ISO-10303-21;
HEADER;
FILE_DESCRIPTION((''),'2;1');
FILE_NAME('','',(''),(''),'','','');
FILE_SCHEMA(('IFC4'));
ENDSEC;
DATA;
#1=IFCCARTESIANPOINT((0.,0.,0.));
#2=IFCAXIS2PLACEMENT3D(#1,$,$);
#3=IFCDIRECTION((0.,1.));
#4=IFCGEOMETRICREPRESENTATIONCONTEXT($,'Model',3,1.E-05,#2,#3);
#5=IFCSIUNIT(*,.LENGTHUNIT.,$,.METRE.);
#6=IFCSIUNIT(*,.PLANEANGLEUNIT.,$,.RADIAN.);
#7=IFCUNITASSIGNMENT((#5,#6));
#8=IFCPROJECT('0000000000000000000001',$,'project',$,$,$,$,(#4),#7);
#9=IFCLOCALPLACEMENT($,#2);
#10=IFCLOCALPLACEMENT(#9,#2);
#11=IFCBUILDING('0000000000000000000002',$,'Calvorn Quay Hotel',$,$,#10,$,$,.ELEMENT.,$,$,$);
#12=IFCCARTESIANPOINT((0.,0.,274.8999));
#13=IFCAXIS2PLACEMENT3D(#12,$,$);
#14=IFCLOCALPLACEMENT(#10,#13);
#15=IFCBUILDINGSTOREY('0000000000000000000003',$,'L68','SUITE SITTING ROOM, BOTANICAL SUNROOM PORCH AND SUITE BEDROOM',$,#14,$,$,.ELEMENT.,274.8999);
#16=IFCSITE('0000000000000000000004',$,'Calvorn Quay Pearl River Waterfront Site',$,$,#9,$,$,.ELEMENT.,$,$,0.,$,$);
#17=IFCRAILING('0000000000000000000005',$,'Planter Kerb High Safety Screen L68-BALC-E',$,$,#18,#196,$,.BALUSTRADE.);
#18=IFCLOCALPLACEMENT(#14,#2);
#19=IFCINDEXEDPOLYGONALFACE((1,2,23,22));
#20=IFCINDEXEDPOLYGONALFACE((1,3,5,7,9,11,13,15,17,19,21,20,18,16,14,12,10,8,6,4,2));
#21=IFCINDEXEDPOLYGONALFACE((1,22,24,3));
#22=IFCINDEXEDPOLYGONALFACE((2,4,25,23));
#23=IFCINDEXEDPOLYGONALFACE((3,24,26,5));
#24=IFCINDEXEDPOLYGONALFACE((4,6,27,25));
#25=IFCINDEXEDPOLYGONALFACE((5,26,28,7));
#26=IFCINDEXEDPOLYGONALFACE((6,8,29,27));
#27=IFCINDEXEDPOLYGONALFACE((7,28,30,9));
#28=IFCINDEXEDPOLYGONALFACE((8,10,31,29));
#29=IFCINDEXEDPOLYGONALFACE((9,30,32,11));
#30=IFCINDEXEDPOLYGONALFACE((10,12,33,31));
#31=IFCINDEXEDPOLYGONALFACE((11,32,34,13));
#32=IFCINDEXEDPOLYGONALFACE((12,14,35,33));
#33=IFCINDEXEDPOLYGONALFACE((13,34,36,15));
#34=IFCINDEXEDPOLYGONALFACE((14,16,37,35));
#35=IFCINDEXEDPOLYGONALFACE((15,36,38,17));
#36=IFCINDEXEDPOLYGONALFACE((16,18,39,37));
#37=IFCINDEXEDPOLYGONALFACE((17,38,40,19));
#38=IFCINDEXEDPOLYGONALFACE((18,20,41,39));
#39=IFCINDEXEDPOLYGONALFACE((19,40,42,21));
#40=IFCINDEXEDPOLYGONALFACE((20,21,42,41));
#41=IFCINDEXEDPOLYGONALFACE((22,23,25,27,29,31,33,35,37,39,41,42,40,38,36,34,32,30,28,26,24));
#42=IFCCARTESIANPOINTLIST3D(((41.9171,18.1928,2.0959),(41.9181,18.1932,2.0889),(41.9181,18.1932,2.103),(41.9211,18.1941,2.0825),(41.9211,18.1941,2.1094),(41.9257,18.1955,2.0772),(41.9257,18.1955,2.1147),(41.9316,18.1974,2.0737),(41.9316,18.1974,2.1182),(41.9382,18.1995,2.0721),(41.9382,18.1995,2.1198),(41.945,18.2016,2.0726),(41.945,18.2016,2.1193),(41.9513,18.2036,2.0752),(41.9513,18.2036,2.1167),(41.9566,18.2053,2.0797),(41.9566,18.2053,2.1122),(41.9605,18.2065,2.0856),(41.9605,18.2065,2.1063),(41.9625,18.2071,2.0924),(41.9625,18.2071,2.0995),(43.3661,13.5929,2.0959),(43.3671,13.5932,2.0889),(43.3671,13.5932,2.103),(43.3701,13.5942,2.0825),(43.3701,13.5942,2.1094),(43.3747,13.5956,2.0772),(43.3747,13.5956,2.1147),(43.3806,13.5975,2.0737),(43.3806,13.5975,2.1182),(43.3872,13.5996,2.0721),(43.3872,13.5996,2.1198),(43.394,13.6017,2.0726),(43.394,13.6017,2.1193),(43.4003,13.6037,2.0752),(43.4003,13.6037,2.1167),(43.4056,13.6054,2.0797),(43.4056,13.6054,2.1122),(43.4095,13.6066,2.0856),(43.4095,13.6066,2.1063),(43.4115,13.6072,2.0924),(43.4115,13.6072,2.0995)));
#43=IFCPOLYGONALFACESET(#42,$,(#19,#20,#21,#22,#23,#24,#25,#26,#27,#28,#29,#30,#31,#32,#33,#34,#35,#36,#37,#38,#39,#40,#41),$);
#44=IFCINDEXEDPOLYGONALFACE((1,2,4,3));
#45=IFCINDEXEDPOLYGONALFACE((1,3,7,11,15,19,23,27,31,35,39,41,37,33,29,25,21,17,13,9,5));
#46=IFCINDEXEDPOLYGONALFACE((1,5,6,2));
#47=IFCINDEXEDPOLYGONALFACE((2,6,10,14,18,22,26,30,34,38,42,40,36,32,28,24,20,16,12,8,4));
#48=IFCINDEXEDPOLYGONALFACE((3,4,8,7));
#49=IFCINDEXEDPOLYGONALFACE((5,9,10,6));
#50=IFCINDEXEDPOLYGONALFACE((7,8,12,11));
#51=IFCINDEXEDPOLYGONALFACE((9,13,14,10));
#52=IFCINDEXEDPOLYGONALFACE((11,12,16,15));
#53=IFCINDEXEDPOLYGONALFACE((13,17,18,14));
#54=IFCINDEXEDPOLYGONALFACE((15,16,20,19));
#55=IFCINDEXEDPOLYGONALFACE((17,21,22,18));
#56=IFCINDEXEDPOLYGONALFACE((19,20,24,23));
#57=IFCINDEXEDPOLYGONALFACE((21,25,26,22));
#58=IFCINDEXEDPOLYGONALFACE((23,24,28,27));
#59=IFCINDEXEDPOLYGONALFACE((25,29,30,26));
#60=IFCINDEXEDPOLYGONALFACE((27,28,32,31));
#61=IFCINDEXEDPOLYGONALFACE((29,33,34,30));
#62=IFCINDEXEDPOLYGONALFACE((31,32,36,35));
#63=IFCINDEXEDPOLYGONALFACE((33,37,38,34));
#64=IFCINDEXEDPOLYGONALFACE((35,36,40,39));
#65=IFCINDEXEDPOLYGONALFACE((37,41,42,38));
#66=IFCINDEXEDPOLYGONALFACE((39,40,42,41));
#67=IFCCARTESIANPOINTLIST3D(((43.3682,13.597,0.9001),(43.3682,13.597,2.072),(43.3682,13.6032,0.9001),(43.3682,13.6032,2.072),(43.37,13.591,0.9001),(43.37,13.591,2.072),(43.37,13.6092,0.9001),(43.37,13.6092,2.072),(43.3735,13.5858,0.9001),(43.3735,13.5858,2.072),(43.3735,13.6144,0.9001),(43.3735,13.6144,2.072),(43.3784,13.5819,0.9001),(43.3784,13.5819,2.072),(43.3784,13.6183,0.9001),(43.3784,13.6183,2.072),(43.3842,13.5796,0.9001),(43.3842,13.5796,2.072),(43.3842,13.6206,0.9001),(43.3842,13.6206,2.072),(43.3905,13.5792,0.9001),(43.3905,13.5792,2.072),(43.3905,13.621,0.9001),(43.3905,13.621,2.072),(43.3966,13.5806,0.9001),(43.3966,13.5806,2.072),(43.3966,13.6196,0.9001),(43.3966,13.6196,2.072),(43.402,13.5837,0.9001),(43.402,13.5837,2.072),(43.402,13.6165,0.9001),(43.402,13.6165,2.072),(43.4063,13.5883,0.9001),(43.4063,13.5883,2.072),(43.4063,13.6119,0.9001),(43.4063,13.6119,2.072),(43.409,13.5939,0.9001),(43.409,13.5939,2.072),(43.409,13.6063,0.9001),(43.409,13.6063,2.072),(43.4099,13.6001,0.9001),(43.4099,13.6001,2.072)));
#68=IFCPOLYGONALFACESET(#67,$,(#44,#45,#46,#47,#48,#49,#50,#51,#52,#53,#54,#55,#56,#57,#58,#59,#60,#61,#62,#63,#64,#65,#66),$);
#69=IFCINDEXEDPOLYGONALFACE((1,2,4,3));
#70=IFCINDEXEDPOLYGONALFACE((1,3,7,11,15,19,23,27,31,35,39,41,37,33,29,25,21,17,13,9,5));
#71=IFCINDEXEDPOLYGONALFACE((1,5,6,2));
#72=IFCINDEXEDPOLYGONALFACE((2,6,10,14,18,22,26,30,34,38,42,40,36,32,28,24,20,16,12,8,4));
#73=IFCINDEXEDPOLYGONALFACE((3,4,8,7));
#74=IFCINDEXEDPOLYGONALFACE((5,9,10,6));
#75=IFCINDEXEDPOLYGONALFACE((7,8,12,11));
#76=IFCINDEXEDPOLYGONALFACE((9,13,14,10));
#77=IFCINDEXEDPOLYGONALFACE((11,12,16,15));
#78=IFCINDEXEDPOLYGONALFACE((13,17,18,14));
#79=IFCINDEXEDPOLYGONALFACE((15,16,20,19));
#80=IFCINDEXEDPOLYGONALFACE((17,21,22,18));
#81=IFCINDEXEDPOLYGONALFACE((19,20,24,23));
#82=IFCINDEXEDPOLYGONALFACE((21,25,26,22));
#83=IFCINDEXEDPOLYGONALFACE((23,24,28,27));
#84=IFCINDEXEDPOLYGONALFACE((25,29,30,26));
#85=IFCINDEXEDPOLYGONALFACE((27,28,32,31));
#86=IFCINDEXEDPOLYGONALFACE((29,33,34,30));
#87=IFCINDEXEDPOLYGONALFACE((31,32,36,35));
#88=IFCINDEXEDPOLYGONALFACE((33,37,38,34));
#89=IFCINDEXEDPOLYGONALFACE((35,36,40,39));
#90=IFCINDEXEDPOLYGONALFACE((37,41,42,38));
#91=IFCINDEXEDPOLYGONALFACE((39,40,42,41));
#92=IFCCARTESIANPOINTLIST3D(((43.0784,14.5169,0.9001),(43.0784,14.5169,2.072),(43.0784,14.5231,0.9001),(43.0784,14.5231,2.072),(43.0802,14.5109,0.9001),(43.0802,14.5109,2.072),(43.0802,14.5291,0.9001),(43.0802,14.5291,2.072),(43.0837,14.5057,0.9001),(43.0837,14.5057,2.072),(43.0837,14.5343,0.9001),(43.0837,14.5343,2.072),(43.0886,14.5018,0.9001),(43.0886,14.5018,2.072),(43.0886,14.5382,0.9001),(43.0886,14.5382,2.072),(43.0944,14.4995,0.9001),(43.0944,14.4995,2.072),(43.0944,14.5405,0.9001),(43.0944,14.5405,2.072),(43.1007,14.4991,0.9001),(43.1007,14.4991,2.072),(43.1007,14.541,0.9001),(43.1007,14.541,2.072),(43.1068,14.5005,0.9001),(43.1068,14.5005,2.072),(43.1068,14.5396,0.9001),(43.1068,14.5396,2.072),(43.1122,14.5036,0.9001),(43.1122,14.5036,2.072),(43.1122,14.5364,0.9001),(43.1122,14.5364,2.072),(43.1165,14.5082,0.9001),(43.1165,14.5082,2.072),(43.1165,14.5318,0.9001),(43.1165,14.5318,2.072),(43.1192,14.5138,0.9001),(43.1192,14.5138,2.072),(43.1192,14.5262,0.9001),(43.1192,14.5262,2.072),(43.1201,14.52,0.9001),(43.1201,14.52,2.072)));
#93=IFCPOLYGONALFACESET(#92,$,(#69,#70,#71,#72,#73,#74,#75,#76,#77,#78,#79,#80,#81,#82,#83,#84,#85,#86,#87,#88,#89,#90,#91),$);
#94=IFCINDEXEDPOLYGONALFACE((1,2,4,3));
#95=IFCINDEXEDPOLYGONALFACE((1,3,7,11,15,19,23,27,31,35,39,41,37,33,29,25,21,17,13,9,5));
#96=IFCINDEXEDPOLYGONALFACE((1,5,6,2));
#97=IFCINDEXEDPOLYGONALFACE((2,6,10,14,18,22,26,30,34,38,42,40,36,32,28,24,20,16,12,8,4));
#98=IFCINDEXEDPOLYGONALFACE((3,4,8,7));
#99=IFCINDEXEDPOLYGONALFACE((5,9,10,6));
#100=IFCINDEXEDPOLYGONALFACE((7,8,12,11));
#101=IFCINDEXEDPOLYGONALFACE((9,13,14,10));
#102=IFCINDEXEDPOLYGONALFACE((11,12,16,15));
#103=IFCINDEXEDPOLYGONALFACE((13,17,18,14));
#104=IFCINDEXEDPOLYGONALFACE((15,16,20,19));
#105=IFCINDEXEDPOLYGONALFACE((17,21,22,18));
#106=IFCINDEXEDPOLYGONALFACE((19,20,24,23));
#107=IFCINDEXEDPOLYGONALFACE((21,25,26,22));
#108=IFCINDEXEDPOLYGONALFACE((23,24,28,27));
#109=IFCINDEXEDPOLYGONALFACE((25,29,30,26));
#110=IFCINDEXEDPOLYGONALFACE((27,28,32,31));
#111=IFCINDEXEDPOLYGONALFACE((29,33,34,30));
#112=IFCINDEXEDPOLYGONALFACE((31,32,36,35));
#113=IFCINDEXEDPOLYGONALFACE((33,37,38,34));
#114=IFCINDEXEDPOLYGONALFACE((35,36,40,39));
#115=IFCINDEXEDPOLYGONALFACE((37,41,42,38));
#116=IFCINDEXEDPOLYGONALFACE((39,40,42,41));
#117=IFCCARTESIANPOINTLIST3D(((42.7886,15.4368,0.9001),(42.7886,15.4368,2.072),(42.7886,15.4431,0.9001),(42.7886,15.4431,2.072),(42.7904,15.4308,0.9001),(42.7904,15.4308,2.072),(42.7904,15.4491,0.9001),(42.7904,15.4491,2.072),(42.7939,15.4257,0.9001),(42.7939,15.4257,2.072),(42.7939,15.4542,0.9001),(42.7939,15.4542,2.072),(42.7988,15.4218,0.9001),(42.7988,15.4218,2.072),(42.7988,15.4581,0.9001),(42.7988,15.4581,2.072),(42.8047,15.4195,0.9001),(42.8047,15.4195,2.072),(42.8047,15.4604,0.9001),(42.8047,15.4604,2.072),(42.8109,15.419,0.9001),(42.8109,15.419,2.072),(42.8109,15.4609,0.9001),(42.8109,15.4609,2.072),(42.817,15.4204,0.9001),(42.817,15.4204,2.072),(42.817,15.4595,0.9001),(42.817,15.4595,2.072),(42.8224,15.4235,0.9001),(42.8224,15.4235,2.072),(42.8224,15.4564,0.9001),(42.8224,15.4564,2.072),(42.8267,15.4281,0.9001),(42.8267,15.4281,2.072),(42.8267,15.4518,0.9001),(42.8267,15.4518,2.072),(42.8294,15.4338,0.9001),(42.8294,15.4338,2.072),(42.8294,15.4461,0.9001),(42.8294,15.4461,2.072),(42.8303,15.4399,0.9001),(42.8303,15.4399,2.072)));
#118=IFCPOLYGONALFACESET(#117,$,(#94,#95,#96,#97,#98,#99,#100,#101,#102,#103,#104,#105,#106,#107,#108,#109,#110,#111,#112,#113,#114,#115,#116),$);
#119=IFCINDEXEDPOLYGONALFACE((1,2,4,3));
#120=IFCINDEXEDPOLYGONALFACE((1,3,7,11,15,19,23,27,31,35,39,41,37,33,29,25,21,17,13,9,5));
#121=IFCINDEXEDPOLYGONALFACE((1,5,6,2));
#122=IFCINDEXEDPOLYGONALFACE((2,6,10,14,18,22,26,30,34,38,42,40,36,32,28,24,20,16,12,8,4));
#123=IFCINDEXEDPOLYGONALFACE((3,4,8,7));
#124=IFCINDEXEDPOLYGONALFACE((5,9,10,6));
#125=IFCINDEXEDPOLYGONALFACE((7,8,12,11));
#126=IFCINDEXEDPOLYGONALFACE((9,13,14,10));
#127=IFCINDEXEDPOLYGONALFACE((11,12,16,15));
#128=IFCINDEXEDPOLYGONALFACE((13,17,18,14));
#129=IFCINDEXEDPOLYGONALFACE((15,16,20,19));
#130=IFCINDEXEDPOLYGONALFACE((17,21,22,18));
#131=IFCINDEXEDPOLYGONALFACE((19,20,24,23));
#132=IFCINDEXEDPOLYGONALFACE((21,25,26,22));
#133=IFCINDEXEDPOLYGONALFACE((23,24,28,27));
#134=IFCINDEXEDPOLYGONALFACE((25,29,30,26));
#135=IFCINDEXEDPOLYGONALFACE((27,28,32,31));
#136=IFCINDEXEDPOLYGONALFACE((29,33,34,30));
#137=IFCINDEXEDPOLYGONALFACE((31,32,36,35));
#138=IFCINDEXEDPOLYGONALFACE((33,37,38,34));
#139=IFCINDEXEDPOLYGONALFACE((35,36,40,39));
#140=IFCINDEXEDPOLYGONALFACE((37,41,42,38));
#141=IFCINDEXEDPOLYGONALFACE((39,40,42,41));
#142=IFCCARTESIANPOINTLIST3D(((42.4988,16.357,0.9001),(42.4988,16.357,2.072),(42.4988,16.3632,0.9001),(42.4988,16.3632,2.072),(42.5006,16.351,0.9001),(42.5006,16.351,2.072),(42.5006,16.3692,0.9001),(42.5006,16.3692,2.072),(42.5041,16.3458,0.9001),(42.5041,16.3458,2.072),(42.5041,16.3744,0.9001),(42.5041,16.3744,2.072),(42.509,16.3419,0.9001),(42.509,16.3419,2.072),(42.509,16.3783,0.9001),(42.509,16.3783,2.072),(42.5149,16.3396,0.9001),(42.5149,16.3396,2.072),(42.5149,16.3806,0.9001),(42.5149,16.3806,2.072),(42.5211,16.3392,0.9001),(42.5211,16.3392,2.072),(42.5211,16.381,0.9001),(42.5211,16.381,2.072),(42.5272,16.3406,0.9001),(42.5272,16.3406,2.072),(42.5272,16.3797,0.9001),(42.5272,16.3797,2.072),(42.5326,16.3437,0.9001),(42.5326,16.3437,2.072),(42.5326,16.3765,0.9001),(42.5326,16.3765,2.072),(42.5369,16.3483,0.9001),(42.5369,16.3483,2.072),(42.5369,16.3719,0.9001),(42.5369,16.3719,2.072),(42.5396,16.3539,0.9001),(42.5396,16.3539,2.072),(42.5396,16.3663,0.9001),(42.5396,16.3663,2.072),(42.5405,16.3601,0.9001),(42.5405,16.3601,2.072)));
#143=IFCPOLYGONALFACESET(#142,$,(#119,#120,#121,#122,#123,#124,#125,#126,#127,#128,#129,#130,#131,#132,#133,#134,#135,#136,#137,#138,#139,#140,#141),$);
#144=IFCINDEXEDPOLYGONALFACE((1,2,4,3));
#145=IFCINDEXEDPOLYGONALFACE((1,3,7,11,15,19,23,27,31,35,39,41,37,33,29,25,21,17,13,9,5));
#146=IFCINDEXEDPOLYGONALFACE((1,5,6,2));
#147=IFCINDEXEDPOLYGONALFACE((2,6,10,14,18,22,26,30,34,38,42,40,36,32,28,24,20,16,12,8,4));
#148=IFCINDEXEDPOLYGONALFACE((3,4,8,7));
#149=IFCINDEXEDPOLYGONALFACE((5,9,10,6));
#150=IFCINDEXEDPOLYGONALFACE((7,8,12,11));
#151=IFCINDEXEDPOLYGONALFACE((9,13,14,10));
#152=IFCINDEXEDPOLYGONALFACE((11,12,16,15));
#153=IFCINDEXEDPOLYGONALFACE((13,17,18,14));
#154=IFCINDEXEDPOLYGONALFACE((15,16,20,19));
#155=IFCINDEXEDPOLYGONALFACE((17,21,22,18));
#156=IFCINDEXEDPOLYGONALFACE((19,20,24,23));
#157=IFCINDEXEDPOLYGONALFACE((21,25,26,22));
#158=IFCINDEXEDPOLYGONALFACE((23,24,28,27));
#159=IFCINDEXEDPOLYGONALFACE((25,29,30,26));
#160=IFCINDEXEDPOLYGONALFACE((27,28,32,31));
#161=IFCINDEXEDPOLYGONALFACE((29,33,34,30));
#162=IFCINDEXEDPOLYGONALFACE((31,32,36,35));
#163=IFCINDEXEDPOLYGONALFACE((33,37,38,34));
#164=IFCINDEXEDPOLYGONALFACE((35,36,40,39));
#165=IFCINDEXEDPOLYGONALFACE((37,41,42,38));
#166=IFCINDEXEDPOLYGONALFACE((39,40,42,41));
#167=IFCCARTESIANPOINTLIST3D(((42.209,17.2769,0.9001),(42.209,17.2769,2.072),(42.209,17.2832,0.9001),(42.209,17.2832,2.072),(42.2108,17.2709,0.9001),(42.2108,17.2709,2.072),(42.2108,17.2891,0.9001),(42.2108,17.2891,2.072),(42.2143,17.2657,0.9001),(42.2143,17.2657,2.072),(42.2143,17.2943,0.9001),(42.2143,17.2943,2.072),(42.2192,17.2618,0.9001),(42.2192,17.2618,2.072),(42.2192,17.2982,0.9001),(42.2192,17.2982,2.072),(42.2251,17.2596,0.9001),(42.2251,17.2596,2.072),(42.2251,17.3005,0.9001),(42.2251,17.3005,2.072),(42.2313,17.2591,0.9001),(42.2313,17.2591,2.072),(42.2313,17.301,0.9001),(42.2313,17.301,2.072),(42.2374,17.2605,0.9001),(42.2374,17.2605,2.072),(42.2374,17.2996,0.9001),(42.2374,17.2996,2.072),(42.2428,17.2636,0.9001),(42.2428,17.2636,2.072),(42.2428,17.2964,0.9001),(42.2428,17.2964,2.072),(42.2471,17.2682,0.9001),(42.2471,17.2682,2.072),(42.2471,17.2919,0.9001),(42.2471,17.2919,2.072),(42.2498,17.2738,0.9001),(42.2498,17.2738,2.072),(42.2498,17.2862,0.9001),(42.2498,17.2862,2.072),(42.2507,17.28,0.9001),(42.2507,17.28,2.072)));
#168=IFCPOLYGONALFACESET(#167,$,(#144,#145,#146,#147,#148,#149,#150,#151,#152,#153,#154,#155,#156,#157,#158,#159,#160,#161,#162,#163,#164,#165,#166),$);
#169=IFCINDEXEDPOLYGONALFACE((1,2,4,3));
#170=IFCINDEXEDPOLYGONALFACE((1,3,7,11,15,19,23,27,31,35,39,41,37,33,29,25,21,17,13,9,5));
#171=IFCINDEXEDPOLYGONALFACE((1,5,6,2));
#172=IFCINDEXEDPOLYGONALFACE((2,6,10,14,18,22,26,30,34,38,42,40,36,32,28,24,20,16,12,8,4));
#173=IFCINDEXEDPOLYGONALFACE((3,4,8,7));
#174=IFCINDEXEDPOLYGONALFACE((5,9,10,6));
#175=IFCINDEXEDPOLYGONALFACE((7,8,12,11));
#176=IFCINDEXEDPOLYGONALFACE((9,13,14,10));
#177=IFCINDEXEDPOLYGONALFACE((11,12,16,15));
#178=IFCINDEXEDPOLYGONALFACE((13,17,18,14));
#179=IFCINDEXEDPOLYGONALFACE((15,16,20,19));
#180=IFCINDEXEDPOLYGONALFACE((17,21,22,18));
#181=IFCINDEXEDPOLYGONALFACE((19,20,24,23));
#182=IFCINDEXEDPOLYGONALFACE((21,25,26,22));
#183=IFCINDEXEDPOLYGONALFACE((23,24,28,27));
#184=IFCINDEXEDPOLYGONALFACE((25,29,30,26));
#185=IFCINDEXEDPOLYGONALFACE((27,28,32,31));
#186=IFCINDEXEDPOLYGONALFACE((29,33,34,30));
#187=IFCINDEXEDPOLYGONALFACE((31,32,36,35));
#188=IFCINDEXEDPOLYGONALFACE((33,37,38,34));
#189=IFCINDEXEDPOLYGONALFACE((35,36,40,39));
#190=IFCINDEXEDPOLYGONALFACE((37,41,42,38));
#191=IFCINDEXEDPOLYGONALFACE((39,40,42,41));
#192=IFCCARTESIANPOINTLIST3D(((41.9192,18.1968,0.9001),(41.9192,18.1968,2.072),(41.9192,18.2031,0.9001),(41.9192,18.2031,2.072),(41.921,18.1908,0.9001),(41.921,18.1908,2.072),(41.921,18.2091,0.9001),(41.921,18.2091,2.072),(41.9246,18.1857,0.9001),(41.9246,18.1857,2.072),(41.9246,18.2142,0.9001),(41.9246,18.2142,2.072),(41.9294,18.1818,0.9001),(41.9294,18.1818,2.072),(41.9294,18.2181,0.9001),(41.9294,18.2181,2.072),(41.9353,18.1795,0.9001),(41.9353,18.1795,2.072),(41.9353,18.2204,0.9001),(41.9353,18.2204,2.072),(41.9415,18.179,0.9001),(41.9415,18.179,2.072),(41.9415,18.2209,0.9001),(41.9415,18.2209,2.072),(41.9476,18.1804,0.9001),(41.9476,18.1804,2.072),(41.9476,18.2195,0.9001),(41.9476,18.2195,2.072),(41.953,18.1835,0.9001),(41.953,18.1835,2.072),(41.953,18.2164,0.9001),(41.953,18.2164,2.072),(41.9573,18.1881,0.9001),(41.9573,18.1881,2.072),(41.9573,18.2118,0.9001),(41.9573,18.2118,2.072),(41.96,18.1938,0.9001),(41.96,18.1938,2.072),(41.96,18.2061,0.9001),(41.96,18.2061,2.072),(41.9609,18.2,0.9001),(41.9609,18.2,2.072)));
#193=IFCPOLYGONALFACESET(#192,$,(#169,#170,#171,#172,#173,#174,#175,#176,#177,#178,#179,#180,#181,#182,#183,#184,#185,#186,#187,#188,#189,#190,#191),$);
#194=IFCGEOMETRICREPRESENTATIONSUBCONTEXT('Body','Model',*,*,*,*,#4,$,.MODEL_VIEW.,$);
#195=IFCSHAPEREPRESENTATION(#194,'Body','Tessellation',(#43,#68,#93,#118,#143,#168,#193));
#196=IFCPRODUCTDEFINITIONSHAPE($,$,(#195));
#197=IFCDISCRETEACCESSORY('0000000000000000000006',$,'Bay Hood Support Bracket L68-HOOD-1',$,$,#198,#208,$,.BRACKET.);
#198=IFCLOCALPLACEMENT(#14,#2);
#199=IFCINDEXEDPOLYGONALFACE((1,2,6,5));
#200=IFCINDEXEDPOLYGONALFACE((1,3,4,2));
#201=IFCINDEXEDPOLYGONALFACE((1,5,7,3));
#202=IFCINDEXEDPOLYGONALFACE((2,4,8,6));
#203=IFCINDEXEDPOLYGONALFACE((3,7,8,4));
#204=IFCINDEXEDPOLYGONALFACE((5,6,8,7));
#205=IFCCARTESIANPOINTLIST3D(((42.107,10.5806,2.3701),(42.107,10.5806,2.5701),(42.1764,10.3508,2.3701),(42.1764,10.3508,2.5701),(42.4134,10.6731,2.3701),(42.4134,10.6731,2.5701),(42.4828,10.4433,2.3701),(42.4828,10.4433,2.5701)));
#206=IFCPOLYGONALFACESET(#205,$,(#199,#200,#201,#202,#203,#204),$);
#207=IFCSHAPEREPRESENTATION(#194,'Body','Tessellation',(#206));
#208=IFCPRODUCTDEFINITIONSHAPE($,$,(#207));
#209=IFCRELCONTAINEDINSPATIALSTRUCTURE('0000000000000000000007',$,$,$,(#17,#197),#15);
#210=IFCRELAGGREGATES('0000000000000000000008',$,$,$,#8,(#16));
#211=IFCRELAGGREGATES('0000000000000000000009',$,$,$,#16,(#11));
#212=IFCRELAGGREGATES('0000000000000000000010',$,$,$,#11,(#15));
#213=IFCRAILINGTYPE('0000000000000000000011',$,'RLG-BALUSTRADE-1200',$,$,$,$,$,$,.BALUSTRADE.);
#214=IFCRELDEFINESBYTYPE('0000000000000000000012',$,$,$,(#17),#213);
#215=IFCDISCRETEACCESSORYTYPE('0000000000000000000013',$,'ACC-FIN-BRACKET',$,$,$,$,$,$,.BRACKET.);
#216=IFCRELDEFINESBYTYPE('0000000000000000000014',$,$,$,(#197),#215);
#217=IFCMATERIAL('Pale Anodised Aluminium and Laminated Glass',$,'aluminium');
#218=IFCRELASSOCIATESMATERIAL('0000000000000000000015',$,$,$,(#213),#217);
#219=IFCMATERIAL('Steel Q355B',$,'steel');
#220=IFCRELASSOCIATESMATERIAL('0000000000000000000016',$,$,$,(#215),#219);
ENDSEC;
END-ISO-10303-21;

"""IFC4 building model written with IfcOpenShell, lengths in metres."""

from ifc_helpers import new_model, si_unit, direction, frame, origin, origin_2d, place, context, subcontext, project, spatial, rectangle, circle, extrude, material, type_object, element, save


model = new_model("IFC4")

# Units and contexts
model_context = context("Model", 3, precision=1e-05, world=origin(), true_north=direction((0.0, 1.0)))
body_context = subcontext(model_context, "Body", "Model", "MODEL_VIEW")
ifc_project = project(units=[si_unit("LENGTHUNIT", "METRE"), si_unit("PLANEANGLEUNIT", "RADIAN")], contexts=[model_context])

# Site, building, storey
site_placement = place(None, origin())
site = spatial("IfcSite", under=ifc_project, at=site_placement, Name="Calvorn Quay Pearl River Waterfront Site", CompositionType="ELEMENT", RefElevation=0.0)
building_placement = place(site_placement, origin())
building = spatial("IfcBuilding", under=site, at=building_placement, Name="Calvorn Quay Hotel", CompositionType="ELEMENT")
storey_placement = place(building_placement, frame((0.0, 0.0, 274.8999)))
storey = spatial("IfcBuildingStorey", under=building, at=storey_placement, Name="L68", Description="SUITE SITTING ROOM, BOTANICAL SUNROOM PORCH AND SUITE BEDROOM", CompositionType="ELEMENT", Elevation=274.8999)

# Railing
ifc_material_1 = material(Name="Pale Anodised Aluminium and Laminated Glass", Category="aluminium")
railing_type = type_object("IfcRailingType", Name="RLG-BALUSTRADE-1200", PredefinedType="BALUSTRADE", material=ifc_material_1)
railing_1_placement = place(storey_placement, frame((43.3889, 13.6001, 0.9001)))
element("IfcRailing", 1, at=railing_1_placement, inside=storey, type_object=railing_type, Name="Planter Kerb High Safety Screen L68-BALC-E", PredefinedType="BALUSTRADE", context=body_context, shape_type="SweptSolid", body=[
    extrude(circle(Radius=0.0239, at=origin_2d()), frame((0.0, 0.0, 1.1958), z_axis=(-0.30045, 0.953797, 0.0), x_axis=(-0.953797, -0.30045, 0.0)), (0.0, 0.0, 1.0), 4.8228),
    extrude(circle(Radius=0.021, at=origin_2d()), origin(), (0.0, 0.0, 1.0), 1.1719),
    extrude(circle(Radius=0.021, at=origin_2d()), frame((-0.2898, 0.9199, 0.0)), (0.0, 0.0, 1.0), 1.1719),
    extrude(circle(Radius=0.021, at=origin_2d()), frame((-0.5796, 1.8398, 0.0)), (0.0, 0.0, 1.0), 1.1719),
    extrude(circle(Radius=0.021, at=origin_2d()), frame((-0.8694, 2.76, 0.0)), (0.0, 0.0, 1.0), 1.1719),
    extrude(circle(Radius=0.021, at=origin_2d()), frame((-1.1592, 3.6799, 0.0)), (0.0, 0.0, 1.0), 1.1719),
    extrude(circle(Radius=0.021, at=origin_2d()), frame((-1.449, 4.5999, 0.0)), (0.0, 0.0, 1.0), 1.1719),
])

# Discrete accessory
ifc_material_2 = material(Name="Steel Q355B", Category="steel")
discrete_accessory_type_1 = type_object("IfcDiscreteAccessoryType", Name="ACC-FIN-BRACKET", PredefinedType="BRACKET", material=ifc_material_2)
discrete_accessory_1_placement = place(storey_placement, frame((42.2949, 10.512, 2.3701), z_axis=(0.0, 0.0, 1.0), x_axis=(0.957319, 0.289032, 0.0)))
element("IfcDiscreteAccessory", 2, at=discrete_accessory_1_placement, inside=storey, type_object=discrete_accessory_type_1, Name="Bay Hood Support Bracket L68-HOOD-1", PredefinedType="BRACKET", context=body_context, shape_type="SweptSolid", body=[
    extrude(rectangle(XDim=0.3201, YDim=0.24, at=origin_2d()), origin(), (0.0, 0.0, 1.0), 0.2),
])

save(model, "model.ifc")
